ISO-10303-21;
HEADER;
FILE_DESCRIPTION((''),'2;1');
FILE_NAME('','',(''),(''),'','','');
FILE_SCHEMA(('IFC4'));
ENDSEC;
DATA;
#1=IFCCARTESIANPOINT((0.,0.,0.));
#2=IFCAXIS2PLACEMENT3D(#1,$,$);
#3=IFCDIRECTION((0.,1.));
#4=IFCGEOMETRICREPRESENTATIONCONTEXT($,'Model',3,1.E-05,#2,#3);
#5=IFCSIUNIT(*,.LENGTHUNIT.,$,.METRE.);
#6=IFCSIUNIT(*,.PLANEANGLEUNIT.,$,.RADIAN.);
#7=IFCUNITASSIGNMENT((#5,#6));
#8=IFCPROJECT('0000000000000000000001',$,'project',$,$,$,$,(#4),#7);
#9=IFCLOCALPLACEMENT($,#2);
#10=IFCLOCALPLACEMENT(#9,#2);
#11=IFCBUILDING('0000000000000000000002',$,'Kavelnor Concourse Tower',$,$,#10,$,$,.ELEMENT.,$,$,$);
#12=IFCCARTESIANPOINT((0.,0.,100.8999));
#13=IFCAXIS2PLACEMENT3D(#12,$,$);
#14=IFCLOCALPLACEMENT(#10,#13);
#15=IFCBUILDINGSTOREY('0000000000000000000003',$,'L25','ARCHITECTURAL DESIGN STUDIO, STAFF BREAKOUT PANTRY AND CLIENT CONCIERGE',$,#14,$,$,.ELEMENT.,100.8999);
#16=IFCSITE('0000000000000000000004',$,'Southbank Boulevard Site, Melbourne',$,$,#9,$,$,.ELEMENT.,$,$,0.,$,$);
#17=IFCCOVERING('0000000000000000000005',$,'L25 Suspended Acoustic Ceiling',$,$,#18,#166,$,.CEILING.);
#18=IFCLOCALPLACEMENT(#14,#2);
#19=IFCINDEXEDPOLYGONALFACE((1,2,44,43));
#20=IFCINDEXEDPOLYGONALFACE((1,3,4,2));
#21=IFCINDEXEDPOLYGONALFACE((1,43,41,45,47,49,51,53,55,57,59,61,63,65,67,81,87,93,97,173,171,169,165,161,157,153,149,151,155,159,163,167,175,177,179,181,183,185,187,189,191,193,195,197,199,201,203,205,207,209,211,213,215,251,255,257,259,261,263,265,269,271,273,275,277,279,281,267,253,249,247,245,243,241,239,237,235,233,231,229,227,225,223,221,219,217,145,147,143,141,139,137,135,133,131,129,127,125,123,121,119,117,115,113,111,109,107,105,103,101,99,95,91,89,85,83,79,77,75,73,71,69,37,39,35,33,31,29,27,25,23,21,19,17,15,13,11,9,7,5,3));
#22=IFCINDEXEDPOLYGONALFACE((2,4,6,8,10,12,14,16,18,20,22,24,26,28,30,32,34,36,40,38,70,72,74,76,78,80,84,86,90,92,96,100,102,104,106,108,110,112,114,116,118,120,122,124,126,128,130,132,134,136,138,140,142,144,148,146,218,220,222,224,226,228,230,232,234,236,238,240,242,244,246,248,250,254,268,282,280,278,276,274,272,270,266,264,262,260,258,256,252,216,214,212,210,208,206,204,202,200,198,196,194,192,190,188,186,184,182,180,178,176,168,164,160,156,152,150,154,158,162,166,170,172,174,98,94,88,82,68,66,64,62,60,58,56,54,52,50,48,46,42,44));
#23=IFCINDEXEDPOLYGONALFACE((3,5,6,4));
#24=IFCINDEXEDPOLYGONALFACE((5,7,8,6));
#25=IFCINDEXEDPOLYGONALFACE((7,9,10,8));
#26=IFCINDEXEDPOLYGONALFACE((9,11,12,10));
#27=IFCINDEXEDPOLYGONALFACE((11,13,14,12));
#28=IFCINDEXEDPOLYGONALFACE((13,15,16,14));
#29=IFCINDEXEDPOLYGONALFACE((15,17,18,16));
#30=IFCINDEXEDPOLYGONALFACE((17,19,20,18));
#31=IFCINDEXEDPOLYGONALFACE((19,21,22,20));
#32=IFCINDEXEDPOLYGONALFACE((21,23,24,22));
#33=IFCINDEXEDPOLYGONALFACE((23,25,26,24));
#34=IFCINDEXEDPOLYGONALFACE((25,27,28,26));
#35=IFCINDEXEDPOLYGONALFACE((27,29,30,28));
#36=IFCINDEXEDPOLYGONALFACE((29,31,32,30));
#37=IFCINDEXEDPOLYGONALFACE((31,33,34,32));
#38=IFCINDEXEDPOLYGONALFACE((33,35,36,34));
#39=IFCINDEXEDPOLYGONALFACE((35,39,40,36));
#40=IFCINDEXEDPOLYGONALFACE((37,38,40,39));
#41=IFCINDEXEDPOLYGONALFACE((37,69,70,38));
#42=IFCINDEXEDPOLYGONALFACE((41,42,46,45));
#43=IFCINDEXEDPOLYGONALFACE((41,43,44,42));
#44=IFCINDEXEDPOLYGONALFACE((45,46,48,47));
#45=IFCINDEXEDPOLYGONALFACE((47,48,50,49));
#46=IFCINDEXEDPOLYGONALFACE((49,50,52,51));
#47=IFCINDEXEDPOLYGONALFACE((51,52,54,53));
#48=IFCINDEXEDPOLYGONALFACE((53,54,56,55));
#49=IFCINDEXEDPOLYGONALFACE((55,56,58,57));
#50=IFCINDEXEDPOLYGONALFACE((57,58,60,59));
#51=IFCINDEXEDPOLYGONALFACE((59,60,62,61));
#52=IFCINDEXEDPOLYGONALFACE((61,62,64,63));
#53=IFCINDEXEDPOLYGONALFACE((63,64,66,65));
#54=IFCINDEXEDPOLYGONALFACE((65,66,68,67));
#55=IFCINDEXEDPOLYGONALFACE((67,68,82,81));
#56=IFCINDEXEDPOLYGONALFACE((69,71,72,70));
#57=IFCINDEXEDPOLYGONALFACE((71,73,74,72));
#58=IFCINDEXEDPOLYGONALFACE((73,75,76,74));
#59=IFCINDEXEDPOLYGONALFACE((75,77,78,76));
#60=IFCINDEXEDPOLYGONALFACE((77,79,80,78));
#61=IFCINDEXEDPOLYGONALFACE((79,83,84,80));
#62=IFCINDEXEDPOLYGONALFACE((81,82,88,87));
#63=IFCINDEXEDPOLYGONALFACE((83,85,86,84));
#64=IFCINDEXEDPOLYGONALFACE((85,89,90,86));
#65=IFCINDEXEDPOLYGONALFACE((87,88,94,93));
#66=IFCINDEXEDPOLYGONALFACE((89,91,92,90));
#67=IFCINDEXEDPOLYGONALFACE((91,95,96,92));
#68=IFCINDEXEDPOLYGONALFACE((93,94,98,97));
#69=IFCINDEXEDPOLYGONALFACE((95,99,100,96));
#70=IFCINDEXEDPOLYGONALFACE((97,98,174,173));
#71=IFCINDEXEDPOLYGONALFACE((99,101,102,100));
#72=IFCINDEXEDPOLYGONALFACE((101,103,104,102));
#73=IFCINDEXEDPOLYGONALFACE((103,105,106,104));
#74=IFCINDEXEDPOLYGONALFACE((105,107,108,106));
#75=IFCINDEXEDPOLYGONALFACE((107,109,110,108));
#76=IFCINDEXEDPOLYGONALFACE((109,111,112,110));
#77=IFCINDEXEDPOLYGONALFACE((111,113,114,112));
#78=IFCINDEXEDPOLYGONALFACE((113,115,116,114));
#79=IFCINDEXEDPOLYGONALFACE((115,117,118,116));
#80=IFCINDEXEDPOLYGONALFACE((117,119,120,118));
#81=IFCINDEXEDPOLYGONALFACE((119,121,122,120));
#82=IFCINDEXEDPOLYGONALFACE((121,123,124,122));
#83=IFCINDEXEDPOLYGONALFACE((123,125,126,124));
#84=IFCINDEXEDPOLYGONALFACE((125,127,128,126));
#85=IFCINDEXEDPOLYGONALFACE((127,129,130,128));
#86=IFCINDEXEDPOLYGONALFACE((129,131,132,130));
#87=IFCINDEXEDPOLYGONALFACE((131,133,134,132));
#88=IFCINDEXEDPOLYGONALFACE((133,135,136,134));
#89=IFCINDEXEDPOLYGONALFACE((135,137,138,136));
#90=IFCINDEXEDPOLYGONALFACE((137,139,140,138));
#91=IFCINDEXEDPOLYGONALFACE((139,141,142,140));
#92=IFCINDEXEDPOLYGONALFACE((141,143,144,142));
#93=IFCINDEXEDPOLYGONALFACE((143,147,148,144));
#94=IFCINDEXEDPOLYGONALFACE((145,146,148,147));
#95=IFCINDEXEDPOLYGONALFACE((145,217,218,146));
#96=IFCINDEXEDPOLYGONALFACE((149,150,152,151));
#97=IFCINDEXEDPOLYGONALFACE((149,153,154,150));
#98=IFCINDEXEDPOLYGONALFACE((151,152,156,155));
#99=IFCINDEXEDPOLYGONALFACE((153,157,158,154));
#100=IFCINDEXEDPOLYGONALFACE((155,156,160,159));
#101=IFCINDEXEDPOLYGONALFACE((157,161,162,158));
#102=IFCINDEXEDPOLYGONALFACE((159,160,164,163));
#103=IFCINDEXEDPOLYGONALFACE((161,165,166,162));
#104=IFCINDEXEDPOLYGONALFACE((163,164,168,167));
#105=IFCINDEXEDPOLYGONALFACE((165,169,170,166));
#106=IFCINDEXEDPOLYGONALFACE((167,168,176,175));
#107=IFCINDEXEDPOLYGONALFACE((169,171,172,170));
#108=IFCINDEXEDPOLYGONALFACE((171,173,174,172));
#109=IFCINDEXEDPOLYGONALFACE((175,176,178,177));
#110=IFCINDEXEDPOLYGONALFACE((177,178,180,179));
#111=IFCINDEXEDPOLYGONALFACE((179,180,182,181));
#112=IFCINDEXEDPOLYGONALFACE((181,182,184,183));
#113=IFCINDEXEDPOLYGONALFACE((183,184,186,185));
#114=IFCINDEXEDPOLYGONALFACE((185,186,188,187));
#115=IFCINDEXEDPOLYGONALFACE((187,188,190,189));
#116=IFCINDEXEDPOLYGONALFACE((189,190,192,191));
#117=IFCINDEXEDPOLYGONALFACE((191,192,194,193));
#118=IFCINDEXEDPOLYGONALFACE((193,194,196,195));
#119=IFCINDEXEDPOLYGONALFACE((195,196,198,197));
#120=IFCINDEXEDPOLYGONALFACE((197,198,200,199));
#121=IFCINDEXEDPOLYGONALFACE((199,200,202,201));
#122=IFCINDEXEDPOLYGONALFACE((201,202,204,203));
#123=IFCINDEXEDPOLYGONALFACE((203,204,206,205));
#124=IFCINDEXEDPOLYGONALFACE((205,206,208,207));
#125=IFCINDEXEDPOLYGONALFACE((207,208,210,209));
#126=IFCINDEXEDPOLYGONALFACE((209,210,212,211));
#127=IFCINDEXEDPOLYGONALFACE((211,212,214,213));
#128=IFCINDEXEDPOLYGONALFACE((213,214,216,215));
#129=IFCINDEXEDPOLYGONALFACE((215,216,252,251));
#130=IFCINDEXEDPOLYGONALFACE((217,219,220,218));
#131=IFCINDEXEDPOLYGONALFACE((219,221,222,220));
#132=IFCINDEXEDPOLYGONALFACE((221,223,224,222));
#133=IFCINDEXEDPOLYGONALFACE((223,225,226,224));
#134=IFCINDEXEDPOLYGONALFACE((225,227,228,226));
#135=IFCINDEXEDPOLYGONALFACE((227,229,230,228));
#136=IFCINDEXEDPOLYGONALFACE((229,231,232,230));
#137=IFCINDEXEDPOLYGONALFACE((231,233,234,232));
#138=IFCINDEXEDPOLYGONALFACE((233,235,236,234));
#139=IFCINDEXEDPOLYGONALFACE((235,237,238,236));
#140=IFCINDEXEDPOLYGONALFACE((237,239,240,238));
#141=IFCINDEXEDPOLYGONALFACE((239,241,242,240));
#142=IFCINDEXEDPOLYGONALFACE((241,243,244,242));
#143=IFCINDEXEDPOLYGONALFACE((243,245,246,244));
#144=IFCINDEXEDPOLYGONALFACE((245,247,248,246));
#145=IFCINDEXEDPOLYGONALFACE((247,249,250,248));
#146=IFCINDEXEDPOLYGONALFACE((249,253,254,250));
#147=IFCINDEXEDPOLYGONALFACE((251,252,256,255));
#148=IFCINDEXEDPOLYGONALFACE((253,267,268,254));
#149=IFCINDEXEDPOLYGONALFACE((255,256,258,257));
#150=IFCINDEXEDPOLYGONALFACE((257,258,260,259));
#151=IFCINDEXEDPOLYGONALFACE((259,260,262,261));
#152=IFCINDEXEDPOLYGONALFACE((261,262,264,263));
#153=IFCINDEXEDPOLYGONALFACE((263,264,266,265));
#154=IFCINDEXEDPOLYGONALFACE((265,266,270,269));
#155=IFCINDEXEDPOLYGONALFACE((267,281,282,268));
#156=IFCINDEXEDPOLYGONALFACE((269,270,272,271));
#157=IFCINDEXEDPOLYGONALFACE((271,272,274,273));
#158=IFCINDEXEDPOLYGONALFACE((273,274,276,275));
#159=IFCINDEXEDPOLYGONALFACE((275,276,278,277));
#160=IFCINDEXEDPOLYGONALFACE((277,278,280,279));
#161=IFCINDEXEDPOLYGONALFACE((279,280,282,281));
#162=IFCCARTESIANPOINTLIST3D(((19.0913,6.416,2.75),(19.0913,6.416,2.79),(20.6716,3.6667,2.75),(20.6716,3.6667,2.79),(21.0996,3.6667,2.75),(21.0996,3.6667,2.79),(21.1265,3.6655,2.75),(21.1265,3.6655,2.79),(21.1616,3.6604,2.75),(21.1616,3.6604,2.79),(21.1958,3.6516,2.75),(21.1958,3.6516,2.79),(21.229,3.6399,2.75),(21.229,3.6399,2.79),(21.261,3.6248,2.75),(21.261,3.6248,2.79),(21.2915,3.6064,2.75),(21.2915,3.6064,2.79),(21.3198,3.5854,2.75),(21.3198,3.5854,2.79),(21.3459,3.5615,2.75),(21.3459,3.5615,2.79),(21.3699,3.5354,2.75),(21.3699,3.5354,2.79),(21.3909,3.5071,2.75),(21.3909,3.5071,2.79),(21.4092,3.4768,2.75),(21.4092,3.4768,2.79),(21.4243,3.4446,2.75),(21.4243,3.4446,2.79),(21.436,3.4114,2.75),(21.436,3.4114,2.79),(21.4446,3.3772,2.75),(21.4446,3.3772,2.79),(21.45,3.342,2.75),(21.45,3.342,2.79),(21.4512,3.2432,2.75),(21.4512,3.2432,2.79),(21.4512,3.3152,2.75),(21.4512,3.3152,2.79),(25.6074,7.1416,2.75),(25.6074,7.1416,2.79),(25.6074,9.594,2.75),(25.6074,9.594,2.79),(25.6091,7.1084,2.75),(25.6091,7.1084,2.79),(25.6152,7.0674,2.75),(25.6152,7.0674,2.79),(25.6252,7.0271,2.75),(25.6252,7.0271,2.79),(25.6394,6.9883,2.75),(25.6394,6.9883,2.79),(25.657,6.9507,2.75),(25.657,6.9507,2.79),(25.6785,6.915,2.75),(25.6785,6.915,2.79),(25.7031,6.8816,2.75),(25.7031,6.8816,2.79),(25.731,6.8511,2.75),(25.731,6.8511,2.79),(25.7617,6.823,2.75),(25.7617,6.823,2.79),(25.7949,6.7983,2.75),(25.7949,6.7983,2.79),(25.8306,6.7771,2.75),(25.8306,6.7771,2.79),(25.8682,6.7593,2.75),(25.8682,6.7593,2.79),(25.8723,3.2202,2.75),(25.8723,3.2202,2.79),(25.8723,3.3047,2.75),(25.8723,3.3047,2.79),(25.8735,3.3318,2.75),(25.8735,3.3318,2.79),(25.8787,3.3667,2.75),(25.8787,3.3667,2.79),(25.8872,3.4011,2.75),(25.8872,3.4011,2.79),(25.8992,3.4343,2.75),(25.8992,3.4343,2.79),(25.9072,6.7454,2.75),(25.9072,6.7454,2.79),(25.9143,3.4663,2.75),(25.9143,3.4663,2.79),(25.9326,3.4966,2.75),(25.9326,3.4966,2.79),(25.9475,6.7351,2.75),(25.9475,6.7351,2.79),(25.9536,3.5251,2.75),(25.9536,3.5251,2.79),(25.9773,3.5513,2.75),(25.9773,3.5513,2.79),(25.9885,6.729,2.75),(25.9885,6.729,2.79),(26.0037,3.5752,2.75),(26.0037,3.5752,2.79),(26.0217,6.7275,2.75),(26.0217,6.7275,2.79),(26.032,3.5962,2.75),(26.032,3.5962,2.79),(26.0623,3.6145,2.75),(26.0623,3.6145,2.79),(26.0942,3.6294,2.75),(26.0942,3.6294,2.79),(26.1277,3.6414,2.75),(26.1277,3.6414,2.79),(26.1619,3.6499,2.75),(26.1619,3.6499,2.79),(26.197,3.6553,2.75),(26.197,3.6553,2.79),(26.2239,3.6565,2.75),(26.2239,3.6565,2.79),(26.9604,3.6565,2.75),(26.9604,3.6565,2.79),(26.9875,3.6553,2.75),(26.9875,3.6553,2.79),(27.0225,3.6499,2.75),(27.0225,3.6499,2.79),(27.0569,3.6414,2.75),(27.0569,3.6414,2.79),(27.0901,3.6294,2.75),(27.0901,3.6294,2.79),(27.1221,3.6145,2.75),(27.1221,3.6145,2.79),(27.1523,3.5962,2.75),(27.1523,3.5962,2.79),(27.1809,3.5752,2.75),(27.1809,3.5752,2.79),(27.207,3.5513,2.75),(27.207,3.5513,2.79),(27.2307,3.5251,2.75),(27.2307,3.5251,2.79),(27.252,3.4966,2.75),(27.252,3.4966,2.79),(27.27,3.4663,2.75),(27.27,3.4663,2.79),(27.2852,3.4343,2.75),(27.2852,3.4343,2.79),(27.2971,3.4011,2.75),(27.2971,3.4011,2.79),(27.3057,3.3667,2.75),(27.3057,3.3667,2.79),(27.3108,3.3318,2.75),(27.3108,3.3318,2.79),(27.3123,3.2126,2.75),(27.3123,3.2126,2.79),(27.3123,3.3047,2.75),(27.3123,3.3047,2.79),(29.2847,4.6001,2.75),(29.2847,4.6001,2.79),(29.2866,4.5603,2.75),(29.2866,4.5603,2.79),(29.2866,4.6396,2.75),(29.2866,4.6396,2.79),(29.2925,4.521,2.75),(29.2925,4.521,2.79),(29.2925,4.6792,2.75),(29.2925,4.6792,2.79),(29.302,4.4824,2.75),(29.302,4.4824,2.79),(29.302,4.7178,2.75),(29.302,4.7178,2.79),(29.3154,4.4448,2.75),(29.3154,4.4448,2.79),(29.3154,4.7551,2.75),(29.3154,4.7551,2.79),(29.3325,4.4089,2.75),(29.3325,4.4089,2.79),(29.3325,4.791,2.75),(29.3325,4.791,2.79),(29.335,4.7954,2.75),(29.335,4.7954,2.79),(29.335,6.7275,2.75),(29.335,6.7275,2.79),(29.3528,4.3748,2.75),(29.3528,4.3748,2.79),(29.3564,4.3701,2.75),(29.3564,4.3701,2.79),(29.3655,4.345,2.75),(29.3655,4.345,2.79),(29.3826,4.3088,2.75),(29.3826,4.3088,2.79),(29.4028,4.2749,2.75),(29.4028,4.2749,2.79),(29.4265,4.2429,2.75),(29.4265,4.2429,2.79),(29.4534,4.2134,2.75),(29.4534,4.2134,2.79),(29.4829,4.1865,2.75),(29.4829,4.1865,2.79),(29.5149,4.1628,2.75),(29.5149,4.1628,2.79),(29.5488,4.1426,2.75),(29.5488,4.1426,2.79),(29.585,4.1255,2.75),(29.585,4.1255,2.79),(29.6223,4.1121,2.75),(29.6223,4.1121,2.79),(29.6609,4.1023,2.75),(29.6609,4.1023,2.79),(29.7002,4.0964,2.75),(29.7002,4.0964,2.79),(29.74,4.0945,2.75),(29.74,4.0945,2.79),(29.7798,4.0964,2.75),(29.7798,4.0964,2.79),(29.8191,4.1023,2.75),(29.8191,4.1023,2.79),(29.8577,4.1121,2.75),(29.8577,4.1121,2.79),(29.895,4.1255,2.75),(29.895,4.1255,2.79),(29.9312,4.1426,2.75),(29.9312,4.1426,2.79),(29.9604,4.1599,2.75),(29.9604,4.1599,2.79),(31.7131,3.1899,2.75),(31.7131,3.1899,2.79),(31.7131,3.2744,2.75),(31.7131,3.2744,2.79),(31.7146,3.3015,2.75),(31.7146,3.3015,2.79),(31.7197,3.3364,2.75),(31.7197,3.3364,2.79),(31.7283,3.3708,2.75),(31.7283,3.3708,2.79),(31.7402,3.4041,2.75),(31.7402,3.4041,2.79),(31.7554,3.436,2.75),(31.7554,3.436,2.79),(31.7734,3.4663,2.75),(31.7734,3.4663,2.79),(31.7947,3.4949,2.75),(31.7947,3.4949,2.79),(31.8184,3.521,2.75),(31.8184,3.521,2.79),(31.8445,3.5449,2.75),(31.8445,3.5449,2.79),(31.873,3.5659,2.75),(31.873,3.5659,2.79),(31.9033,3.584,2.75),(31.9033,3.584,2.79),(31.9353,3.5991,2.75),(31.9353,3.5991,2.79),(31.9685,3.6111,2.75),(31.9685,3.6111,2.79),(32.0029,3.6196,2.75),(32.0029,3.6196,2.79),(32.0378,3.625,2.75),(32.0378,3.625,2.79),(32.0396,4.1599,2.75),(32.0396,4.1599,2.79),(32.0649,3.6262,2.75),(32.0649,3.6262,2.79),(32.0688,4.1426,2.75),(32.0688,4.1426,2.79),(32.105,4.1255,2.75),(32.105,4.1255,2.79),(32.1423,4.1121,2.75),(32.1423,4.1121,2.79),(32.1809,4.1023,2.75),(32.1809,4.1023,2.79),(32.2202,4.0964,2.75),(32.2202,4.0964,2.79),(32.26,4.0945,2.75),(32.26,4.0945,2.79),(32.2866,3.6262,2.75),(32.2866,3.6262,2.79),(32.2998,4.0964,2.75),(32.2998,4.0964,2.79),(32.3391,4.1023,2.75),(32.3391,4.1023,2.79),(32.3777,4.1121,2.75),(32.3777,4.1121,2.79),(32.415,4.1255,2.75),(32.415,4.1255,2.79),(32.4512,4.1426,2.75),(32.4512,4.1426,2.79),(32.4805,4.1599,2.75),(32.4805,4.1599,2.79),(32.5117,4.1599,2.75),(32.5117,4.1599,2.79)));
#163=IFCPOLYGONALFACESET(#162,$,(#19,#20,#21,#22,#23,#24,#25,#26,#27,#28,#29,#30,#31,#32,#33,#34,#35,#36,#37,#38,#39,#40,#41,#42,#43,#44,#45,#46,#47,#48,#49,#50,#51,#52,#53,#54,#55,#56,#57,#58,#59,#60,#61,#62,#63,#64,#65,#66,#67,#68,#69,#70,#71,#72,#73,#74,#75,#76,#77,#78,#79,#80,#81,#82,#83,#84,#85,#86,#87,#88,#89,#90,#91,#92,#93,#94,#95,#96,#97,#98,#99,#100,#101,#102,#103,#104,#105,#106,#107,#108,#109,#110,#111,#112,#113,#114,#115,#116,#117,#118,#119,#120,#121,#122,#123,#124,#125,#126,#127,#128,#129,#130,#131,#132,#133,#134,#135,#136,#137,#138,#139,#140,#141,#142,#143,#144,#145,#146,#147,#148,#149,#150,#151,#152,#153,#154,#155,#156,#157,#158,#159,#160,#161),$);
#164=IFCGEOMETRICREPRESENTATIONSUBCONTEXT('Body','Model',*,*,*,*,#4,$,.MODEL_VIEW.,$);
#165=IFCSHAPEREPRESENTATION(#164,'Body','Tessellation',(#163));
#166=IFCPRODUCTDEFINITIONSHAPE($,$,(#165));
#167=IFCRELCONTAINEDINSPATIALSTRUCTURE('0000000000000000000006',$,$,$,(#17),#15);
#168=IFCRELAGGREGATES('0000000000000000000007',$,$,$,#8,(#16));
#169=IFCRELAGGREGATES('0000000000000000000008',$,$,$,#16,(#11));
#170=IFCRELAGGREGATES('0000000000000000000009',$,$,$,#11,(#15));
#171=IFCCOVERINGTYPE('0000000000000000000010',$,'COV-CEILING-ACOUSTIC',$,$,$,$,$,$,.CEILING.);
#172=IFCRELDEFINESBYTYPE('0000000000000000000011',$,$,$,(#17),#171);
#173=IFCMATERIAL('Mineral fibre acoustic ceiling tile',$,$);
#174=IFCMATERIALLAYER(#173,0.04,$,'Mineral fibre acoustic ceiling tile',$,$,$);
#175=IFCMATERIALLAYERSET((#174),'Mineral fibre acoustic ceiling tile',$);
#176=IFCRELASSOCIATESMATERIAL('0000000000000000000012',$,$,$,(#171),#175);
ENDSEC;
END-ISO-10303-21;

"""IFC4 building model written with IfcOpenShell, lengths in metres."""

from ifc_helpers import new_model, si_unit, direction, frame, origin, place, context, subcontext, project, spatial, polyline, outline, extrude, material, layer, layer_set, type_object, element, save


model = new_model("IFC4")

# Units and contexts
model_context = context("Model", 3, precision=1e-05, world=origin(), true_north=direction((0.0, 1.0)))
body_context = subcontext(model_context, "Body", "Model", "MODEL_VIEW")
ifc_project = project(units=[si_unit("LENGTHUNIT", "METRE"), si_unit("PLANEANGLEUNIT", "RADIAN")], contexts=[model_context])

# Site, building, storey
site_placement = place(None, origin())
site = spatial("IfcSite", under=ifc_project, at=site_placement, Name="Southbank Boulevard Site, Melbourne", CompositionType="ELEMENT", RefElevation=0.0)
building_placement = place(site_placement, origin())
building = spatial("IfcBuilding", under=site, at=building_placement, Name="Kavelnor Concourse Tower", CompositionType="ELEMENT")
storey_placement = place(building_placement, frame((0.0, 0.0, 100.8999)))
storey = spatial("IfcBuildingStorey", under=building, at=storey_placement, Name="L25", Description="ARCHITECTURAL DESIGN STUDIO, STAFF BREAKOUT PANTRY AND CLIENT CONCIERGE", CompositionType="ELEMENT", Elevation=100.8999)

# Covering
ifc_material_1 = material(Name="Mineral fibre acoustic ceiling tile")
ifc_layer_1 = layer(ifc_material_1, 0.04, Name="Mineral fibre acoustic ceiling tile")
ifc_layer_set_1 = layer_set([ifc_layer_1], Name="Mineral fibre acoustic ceiling tile")
covering_type_1 = type_object("IfcCoveringType", Name="COV-CEILING-ACOUSTIC", PredefinedType="CEILING", material=ifc_layer_set_1)
covering_1_placement = place(storey_placement, frame((0.0, 0.0, 2.75)))
element("IfcCovering", 1, at=covering_1_placement, inside=storey, type_object=covering_type_1, Name="L25 Suspended Acoustic Ceiling", PredefinedType="CEILING", context=body_context, shape_type="SweptSolid", body=[
    extrude(outline(polyline([(25.6091, 7.1084), (25.6152, 7.0674), (25.6252, 7.0271), (25.6394, 6.9883), (25.657, 6.9507), (25.6785, 6.915), (25.7031, 6.8816), (25.731, 6.8511), (25.7617, 6.823), (25.7949, 6.7983), (25.8306, 6.7771), (25.8682, 6.7593), (25.9072, 6.7454), (25.9475, 6.7351), (25.9885, 6.729), (26.0217, 6.7275), (29.335, 6.7275), (29.335, 4.7954), (29.3325, 4.791), (29.3154, 4.7551), (29.302, 4.7178), (29.2925, 4.6792), (29.2866, 4.6396), (29.2847, 4.6001), (29.2866, 4.5603), (29.2925, 4.521), (29.302, 4.4824), (29.3154, 4.4448), (29.3325, 4.4089), (29.3528, 4.3748), (29.3564, 4.3701), (29.3655, 4.345), (29.3826, 4.3088), (29.4028, 4.2749), (29.4265, 4.2429), (29.4534, 4.2134), (29.4829, 4.1865), (29.5149, 4.1628), (29.5488, 4.1426), (29.585, 4.1255), (29.6223, 4.1121), (29.6609, 4.1023), (29.7002, 4.0964), (29.74, 4.0945), (29.7798, 4.0964), (29.8191, 4.1023), (29.8577, 4.1121), (29.895, 4.1255), (29.9312, 4.1426), (29.9604, 4.1599), (32.0396, 4.1599), (32.0688, 4.1426), (32.105, 4.1255), (32.1423, 4.1121), (32.1809, 4.1023), (32.2202, 4.0964), (32.26, 4.0945), (32.2998, 4.0964), (32.3391, 4.1023), (32.3777, 4.1121), (32.415, 4.1255), (32.4512, 4.1426), (32.4805, 4.1599), (32.5117, 4.1599), (32.2866, 3.6262), (32.0649, 3.6262), (32.0378, 3.625), (32.0029, 3.6196), (31.9685, 3.6111), (31.9353, 3.5991), (31.9033, 3.584), (31.873, 3.5659), (31.8445, 3.5449), (31.8184, 3.521), (31.7947, 3.4949), (31.7734, 3.4663), (31.7554, 3.436), (31.7402, 3.4041), (31.7283, 3.3708), (31.7197, 3.3364), (31.7146, 3.3015), (31.7131, 3.2744), (31.7131, 3.1899), (27.3123, 3.2126), (27.3123, 3.3047), (27.3108, 3.3318), (27.3057, 3.3667), (27.2971, 3.4011), (27.2852, 3.4343), (27.27, 3.4663), (27.252, 3.4966), (27.2307, 3.5251), (27.207, 3.5513), (27.1809, 3.5752), (27.1523, 3.5962), (27.1221, 3.6145), (27.0901, 3.6294), (27.0569, 3.6414), (27.0225, 3.6499), (26.9875, 3.6553), (26.9604, 3.6565), (26.2239, 3.6565), (26.197, 3.6553), (26.1619, 3.6499), (26.1277, 3.6414), (26.0942, 3.6294), (26.0623, 3.6145), (26.032, 3.5962), (26.0037, 3.5752), (25.9773, 3.5513), (25.9536, 3.5251), (25.9326, 3.4966), (25.9143, 3.4663), (25.8992, 3.4343), (25.8872, 3.4011), (25.8787, 3.3667), (25.8735, 3.3318), (25.8723, 3.3047), (25.8723, 3.2202), (21.4512, 3.2432), (21.4512, 3.3152), (21.45, 3.342), (21.4446, 3.3772), (21.436, 3.4114), (21.4243, 3.4446), (21.4092, 3.4768), (21.3909, 3.5071), (21.3699, 3.5354), (21.3459, 3.5615), (21.3198, 3.5854), (21.2915, 3.6064), (21.261, 3.6248), (21.229, 3.6399), (21.1958, 3.6516), (21.1616, 3.6604), (21.1265, 3.6655), (21.0996, 3.6667), (20.6716, 3.6667), (19.0913, 6.416), (25.6074, 9.594), (25.6074, 7.1416), (25.6091, 7.1084)])), origin(), (0.0, 0.0, 1.0), 0.04),
])

save(model, "model.ifc")
